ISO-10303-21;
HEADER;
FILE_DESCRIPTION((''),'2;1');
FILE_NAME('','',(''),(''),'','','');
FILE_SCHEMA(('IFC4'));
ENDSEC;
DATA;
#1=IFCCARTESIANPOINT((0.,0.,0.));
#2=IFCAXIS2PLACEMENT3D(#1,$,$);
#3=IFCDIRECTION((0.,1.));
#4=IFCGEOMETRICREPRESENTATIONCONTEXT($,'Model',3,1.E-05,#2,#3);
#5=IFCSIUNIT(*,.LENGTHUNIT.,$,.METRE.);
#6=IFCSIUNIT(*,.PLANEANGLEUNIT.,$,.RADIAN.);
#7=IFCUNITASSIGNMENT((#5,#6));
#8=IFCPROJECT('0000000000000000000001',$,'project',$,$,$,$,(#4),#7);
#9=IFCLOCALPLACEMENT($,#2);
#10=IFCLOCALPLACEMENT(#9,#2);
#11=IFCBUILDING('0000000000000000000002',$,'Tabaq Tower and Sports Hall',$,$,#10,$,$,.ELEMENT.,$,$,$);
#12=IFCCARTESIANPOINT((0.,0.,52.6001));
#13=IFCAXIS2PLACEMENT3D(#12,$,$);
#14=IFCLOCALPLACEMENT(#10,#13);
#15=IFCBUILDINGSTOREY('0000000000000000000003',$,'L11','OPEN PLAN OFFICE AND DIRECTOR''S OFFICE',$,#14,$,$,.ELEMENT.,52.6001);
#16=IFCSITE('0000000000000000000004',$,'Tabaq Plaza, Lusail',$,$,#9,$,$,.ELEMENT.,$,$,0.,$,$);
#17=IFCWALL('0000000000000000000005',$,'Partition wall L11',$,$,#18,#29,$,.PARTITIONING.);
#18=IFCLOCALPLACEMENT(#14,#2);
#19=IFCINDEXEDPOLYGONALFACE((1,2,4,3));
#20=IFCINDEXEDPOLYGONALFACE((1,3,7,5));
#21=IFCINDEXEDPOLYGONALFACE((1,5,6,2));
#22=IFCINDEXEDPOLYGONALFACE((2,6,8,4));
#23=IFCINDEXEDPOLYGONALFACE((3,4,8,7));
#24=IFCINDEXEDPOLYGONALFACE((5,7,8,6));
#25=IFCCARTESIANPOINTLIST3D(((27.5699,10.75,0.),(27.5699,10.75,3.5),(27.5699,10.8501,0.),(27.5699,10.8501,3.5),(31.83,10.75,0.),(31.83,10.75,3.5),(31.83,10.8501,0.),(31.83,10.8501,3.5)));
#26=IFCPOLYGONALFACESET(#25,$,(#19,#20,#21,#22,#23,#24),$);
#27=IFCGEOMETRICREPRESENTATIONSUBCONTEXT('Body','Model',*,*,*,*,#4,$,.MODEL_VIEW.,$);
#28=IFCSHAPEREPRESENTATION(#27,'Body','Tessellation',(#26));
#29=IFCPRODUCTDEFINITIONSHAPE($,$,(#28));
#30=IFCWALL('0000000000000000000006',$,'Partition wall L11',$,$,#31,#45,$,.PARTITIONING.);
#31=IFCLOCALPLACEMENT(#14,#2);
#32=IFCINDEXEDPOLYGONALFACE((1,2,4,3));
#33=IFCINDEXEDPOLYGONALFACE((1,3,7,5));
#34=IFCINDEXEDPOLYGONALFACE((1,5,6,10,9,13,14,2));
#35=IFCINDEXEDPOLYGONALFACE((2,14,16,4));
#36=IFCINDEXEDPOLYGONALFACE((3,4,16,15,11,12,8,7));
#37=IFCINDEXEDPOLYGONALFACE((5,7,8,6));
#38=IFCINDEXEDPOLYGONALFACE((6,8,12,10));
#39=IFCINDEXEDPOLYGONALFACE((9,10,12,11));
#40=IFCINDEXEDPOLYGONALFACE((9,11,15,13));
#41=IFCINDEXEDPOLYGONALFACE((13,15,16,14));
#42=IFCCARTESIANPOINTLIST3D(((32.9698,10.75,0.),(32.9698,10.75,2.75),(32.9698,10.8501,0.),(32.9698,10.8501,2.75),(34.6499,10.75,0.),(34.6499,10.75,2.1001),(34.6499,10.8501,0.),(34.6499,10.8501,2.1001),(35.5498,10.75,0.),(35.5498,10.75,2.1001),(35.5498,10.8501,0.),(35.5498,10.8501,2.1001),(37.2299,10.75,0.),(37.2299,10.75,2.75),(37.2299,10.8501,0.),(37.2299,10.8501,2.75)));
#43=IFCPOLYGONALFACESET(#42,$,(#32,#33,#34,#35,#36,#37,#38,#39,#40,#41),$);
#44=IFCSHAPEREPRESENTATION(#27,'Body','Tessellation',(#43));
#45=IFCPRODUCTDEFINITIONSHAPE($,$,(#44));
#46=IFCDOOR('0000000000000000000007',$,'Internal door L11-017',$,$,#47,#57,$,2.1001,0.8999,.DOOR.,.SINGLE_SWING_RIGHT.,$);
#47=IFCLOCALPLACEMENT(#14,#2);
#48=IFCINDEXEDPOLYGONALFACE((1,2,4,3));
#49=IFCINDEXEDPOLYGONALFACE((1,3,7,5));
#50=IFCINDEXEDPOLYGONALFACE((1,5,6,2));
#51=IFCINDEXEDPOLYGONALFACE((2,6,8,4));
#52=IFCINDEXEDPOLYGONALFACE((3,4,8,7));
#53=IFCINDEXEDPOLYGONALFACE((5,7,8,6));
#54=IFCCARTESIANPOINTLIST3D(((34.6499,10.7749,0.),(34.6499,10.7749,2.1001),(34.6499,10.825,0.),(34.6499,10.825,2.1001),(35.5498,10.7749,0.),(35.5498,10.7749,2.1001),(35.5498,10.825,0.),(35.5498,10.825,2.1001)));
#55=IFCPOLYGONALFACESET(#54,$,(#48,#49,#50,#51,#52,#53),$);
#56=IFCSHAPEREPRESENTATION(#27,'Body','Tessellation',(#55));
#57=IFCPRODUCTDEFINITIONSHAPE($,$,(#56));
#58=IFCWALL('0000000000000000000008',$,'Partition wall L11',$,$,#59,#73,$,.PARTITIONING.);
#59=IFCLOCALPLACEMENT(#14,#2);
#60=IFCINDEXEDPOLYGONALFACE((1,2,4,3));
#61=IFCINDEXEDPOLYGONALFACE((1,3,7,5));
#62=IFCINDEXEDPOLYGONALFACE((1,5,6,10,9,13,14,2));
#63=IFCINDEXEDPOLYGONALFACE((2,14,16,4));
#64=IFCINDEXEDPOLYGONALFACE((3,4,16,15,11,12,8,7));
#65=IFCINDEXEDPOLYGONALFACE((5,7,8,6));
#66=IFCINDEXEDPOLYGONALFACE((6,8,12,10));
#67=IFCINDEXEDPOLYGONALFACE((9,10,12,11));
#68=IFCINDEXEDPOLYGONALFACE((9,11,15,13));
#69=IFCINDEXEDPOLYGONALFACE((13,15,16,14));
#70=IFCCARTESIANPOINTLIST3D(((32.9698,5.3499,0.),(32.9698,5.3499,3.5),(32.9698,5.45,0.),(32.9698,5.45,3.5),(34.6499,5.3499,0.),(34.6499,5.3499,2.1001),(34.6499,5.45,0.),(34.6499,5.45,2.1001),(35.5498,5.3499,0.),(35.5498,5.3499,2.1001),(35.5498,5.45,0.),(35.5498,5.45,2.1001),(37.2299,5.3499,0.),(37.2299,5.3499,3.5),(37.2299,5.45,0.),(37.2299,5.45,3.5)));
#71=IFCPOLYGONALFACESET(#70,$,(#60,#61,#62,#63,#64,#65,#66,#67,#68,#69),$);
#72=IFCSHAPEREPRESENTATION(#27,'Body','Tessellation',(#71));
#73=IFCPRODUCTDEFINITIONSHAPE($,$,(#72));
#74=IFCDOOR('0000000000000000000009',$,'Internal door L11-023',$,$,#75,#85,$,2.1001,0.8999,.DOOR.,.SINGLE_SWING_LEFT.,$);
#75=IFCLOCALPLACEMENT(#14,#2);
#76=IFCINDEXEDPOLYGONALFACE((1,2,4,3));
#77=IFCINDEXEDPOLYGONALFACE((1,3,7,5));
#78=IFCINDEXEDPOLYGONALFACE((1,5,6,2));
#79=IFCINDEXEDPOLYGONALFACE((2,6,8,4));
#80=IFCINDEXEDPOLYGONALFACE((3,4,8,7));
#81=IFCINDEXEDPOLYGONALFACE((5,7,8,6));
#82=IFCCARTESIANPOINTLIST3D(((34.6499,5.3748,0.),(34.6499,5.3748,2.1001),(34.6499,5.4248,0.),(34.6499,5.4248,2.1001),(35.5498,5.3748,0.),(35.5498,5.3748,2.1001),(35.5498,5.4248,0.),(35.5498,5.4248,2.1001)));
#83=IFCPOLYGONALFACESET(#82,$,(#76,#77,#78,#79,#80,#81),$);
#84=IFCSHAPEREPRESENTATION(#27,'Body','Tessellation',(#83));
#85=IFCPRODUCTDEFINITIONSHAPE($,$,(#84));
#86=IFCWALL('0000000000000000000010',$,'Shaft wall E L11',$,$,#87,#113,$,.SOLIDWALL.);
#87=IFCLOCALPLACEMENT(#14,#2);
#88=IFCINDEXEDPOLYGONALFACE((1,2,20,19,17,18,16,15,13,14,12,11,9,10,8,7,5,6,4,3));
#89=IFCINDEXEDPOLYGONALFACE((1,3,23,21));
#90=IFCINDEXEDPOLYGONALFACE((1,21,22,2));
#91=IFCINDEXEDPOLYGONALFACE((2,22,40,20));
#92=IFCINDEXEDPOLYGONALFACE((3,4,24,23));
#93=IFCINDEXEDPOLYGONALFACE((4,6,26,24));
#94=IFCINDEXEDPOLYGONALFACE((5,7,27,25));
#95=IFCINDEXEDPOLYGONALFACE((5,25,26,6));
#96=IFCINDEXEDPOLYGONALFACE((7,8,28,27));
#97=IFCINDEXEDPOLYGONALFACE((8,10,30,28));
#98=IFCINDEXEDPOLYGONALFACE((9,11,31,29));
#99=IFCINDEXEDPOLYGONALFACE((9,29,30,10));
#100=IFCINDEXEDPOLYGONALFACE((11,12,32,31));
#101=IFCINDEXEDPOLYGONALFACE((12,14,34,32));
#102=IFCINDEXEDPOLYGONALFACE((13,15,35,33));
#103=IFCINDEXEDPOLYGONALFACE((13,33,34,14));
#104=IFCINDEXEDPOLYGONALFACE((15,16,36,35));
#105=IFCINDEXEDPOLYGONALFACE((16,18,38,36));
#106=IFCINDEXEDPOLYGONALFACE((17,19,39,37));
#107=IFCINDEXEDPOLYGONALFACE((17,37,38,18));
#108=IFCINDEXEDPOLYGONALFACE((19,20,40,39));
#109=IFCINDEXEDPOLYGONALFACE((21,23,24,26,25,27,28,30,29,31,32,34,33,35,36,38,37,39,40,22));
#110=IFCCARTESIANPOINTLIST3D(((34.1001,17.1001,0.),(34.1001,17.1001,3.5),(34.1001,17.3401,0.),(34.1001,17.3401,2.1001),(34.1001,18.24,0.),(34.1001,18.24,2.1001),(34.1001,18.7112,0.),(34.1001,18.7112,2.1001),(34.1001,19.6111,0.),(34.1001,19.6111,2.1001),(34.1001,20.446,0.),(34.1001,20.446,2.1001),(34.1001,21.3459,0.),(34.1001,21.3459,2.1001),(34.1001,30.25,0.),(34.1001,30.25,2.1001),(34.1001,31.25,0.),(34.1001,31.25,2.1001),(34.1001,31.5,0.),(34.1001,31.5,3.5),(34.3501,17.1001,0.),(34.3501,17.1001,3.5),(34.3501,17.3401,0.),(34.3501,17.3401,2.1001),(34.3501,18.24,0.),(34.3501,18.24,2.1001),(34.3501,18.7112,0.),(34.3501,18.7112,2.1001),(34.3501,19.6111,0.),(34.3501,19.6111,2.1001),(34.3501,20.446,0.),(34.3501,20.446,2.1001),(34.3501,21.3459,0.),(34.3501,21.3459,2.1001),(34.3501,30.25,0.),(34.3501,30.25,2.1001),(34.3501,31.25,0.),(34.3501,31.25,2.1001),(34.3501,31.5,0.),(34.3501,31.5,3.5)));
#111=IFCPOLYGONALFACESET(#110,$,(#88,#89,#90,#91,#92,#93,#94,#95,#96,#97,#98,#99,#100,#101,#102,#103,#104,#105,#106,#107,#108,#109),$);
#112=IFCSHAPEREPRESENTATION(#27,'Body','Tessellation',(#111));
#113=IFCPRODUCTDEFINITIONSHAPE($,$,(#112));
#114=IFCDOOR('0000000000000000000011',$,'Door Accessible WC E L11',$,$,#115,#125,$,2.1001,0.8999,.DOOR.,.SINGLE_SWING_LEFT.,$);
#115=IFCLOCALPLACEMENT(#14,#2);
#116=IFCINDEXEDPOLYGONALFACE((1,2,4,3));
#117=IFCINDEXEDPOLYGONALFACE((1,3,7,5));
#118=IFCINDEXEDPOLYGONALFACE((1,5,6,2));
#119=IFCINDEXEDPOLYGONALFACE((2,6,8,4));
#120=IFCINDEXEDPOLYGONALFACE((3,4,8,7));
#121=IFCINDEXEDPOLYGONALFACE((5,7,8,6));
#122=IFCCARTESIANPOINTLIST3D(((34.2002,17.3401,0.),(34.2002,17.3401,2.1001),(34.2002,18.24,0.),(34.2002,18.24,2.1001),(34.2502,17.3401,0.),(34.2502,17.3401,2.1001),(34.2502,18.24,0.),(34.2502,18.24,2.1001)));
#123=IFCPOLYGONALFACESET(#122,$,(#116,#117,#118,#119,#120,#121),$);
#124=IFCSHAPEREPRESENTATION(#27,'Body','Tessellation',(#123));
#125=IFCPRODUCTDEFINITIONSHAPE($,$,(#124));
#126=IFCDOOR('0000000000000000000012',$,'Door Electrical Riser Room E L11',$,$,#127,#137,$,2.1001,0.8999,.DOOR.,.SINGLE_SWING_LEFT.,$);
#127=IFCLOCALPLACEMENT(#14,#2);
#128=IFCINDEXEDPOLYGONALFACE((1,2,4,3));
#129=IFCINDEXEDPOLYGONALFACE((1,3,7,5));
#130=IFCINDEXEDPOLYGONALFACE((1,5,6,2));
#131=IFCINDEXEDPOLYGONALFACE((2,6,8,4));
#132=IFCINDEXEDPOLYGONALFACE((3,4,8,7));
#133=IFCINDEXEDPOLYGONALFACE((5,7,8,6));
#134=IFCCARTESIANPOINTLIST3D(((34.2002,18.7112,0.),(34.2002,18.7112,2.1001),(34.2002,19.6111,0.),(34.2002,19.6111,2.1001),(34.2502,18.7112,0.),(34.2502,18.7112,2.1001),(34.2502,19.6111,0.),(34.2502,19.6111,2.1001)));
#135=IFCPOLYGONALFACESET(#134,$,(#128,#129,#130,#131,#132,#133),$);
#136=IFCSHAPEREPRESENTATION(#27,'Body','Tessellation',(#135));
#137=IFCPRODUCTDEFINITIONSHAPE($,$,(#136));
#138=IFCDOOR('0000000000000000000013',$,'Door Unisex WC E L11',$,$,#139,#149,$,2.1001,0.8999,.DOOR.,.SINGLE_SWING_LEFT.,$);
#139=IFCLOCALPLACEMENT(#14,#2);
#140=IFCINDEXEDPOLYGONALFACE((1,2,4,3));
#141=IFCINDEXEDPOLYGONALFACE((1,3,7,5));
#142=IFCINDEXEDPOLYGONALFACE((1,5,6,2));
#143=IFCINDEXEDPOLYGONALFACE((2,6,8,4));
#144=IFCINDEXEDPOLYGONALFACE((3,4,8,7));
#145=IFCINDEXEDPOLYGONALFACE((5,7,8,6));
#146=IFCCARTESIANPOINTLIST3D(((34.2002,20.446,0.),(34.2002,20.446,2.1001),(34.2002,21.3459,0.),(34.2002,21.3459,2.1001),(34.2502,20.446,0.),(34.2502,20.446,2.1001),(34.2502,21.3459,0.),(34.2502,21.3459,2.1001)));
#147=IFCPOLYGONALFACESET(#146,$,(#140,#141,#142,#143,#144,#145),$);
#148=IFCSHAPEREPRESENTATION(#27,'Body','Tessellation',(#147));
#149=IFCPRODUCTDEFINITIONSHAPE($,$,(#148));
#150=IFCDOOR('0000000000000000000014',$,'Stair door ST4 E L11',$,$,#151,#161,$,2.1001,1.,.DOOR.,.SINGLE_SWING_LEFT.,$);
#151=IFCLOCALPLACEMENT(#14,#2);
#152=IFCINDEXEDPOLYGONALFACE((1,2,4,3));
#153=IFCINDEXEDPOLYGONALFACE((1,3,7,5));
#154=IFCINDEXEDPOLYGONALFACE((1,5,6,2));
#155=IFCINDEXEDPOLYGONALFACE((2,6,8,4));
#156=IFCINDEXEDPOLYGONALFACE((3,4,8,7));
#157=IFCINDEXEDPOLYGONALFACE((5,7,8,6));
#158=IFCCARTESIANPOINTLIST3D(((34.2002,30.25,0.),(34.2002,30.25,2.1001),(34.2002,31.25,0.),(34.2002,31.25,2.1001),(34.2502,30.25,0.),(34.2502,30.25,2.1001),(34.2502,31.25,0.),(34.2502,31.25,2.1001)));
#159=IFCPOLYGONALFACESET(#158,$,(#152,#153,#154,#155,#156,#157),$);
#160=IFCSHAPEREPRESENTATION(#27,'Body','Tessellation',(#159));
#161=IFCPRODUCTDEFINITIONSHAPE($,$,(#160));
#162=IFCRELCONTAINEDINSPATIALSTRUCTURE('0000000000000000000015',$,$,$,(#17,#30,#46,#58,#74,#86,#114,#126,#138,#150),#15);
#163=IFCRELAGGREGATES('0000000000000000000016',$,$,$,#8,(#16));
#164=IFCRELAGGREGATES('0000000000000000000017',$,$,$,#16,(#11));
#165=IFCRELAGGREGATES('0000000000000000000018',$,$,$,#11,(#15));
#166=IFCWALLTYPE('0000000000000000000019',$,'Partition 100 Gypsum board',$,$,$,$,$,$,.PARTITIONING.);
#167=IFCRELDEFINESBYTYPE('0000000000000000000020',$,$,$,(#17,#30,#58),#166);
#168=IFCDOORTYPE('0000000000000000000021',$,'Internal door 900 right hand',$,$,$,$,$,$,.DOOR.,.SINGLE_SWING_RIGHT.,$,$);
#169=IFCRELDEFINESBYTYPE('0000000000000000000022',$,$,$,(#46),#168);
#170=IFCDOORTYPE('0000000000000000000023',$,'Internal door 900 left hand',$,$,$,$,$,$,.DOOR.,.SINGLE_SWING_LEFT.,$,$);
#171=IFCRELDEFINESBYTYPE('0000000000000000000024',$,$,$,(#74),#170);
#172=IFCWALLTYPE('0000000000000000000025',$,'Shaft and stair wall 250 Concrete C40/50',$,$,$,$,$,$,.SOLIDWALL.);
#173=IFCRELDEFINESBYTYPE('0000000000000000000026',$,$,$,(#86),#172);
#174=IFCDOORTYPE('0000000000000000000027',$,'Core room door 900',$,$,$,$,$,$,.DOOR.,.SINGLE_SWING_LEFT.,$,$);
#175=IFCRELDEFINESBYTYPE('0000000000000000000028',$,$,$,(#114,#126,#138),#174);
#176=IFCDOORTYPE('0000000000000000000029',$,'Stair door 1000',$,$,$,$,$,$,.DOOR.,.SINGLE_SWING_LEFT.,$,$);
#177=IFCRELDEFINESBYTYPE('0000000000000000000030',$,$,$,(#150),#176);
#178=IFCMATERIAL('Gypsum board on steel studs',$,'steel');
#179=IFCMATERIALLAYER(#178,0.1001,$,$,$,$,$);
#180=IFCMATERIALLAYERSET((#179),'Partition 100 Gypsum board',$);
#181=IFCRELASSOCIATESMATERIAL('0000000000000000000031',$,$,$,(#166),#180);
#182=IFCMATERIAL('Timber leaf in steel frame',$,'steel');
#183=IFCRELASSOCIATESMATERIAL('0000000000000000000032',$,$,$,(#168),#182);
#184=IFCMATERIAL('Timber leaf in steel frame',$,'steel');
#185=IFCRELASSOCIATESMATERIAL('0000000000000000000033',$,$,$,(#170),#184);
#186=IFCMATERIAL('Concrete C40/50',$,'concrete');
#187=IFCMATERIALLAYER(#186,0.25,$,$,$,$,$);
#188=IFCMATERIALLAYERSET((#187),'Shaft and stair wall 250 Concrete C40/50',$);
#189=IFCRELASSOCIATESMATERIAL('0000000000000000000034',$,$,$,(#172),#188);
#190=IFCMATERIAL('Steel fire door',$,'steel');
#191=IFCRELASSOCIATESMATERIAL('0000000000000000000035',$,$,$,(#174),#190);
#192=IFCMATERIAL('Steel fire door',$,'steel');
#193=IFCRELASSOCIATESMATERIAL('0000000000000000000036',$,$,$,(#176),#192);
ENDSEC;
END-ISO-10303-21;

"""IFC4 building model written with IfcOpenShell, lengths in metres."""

from ifc_helpers import new_model, si_unit, direction, frame, frame_2d, origin, place, context, subcontext, project, spatial, rectangle, extrude, material, layer, layer_set, type_object, element, fill, save


model = new_model("IFC4")

# Units and contexts
model_context = context("Model", 3, precision=1e-05, world=origin(), true_north=direction((0.0, 1.0)))
body_context = subcontext(model_context, "Body", "Model", "MODEL_VIEW")
ifc_project = project(units=[si_unit("LENGTHUNIT", "METRE"), si_unit("PLANEANGLEUNIT", "RADIAN")], contexts=[model_context])

# Site, building, storey
site_placement = place(None, origin())
site = spatial("IfcSite", under=ifc_project, at=site_placement, Name="Tabaq Plaza, Lusail", CompositionType="ELEMENT", RefElevation=0.0)
building_placement = place(site_placement, origin())
building = spatial("IfcBuilding", under=site, at=building_placement, Name="Tabaq Tower and Sports Hall", CompositionType="ELEMENT")
storey_placement = place(building_placement, frame((0.0, 0.0, 52.6001)))
storey = spatial("IfcBuildingStorey", under=building, at=storey_placement, Name="L11", Description="OPEN PLAN OFFICE AND DIRECTOR'S OFFICE", CompositionType="ELEMENT", Elevation=52.6001)

# Wall
ifc_material_1 = material(Name="Gypsum board on steel studs", Category="steel")
ifc_layer_1 = layer(ifc_material_1, 0.1001)
ifc_layer_set_1 = layer_set([ifc_layer_1], Name="Partition 100 Gypsum board")
wall_type_1 = type_object("IfcWallType", Name="Partition 100 Gypsum board", PredefinedType="PARTITIONING", material=ifc_layer_set_1)
wall_1_placement = place(storey_placement, frame((27.5701, 10.8, 0.0), z_axis=(0.0, 0.0, 1.0), x_axis=(1.0, 0.0, 0.0)))
element("IfcWall", 1, at=wall_1_placement, inside=storey, type_object=wall_type_1, Name="Partition wall L11", PredefinedType="PARTITIONING", context=body_context, shape_type="SweptSolid", body=[
    extrude(rectangle(XDim=4.26, YDim=0.1001, at=frame_2d((2.1299, 0.0))), origin(), (0.0, 0.0, 1.0), 3.5),
])

# Walls, openings, doors
wall_2_placement = place(storey_placement, frame((32.97, 10.8, 0.0), z_axis=(0.0, 0.0, 1.0), x_axis=(1.0, 0.0, 0.0)))
wall_2 = element("IfcWall", 2, at=wall_2_placement, inside=storey, type_object=wall_type_1, Name="Partition wall L11", PredefinedType="PARTITIONING", context=body_context, shape_type="SweptSolid", body=[
    extrude(rectangle(XDim=4.26, YDim=0.1001, at=frame_2d((2.1299, 0.0))), origin(), (0.0, 0.0, 1.0), 2.75),
])
opening_1_placement = place(wall_2_placement, frame((1.6799, 0.0, 0.0)))
opening_1 = element("IfcOpeningElement", 3, at=opening_1_placement, cuts=wall_2, PredefinedType="OPENING", context=body_context, shape_type="SweptSolid", body=[
    extrude(rectangle(XDim=0.8999, YDim=2.1001, at=frame_2d((0.45, 1.05))), frame((0.0, 0.05, 0.0), z_axis=(0.0, -1.0, 0.0), x_axis=(1.0, 0.0, 0.0)), (0.0, 0.0, 1.0), 0.1001),
])
ifc_material_2 = material(Name="Timber leaf in steel frame", Category="steel")
door_type_1 = type_object("IfcDoorType", Name="Internal door 900 right hand", OperationType="SINGLE_SWING_RIGHT", PredefinedType="DOOR", material=ifc_material_2)
door_1_placement = place(opening_1_placement, origin())
door_1 = element("IfcDoor", 4, at=door_1_placement, inside=storey, type_object=door_type_1, Name="Internal door L11-017", OperationType="SINGLE_SWING_RIGHT", OverallHeight=2.1001, OverallWidth=0.8999, PredefinedType="DOOR", context=body_context, shape_type="SweptSolid", body=[
    extrude(rectangle(XDim=0.8999, YDim=2.1001, at=frame_2d((0.45, 1.05))), frame((0.0, 0.0249, 0.0), z_axis=(0.0, -1.0, 0.0), x_axis=(1.0, 0.0, 0.0)), (0.0, 0.0, 1.0), 0.05),
])
fill(opening_1, door_1)
wall_3_placement = place(storey_placement, frame((32.97, 5.3999, 0.0), z_axis=(0.0, 0.0, 1.0), x_axis=(1.0, 0.0, 0.0)))
wall_3 = element("IfcWall", 5, at=wall_3_placement, inside=storey, type_object=wall_type_1, Name="Partition wall L11", PredefinedType="PARTITIONING", context=body_context, shape_type="SweptSolid", body=[
    extrude(rectangle(XDim=4.26, YDim=0.1001, at=frame_2d((2.1299, 0.0))), origin(), (0.0, 0.0, 1.0), 3.5),
])
opening_2_placement = place(wall_3_placement, frame((1.6799, 0.0, 0.0)))
opening_2 = element("IfcOpeningElement", 6, at=opening_2_placement, cuts=wall_3, PredefinedType="OPENING", context=body_context, shape_type="SweptSolid", body=[
    extrude(rectangle(XDim=0.8999, YDim=2.1001, at=frame_2d((0.45, 1.05))), frame((0.0, 0.05, 0.0), z_axis=(0.0, -1.0, 0.0), x_axis=(1.0, 0.0, 0.0)), (0.0, 0.0, 1.0), 0.1001),
])
ifc_material_3 = material(Name="Timber leaf in steel frame", Category="steel")
door_type_2 = type_object("IfcDoorType", Name="Internal door 900 left hand", OperationType="SINGLE_SWING_LEFT", PredefinedType="DOOR", material=ifc_material_3)
door_2_placement = place(opening_2_placement, origin())
door_2 = element("IfcDoor", 7, at=door_2_placement, inside=storey, type_object=door_type_2, Name="Internal door L11-023", OperationType="SINGLE_SWING_LEFT", OverallHeight=2.1001, OverallWidth=0.8999, PredefinedType="DOOR", context=body_context, shape_type="SweptSolid", body=[
    extrude(rectangle(XDim=0.8999, YDim=2.1001, at=frame_2d((0.45, 1.05))), frame((0.0, 0.0249, 0.0), z_axis=(0.0, -1.0, 0.0), x_axis=(1.0, 0.0, 0.0)), (0.0, 0.0, 1.0), 0.05),
])
fill(opening_2, door_2)

# Wall, openings, doors
ifc_material_4 = material(Name="Concrete C40/50", Category="concrete")
ifc_layer_2 = layer(ifc_material_4, 0.25)
ifc_layer_set_2 = layer_set([ifc_layer_2], Name="Shaft and stair wall 250 Concrete C40/50")
wall_type_2 = type_object("IfcWallType", Name="Shaft and stair wall 250 Concrete C40/50", PredefinedType="SOLIDWALL", material=ifc_layer_set_2)
wall_4_placement = place(storey_placement, frame((34.2251, 17.1001, 0.0), z_axis=(0.0, 0.0, 1.0), x_axis=(0.0, 1.0, 0.0)))
wall_4 = element("IfcWall", 8, at=wall_4_placement, inside=storey, type_object=wall_type_2, Name="Shaft wall E L11", PredefinedType="SOLIDWALL", context=body_context, shape_type="SweptSolid", body=[
    extrude(rectangle(XDim=14.3999, YDim=0.25, at=frame_2d((7.2, 0.0))), origin(), (0.0, 0.0, 1.0), 3.5),
])
opening_3_placement = place(wall_4_placement, frame((13.1499, 0.0, 0.0)))
opening_3 = element("IfcOpeningElement", 9, at=opening_3_placement, cuts=wall_4, PredefinedType="OPENING", context=body_context, shape_type="SweptSolid", body=[
    extrude(rectangle(XDim=1.0, YDim=2.1001, at=frame_2d((0.5, 1.05))), frame((0.0, 0.125, 0.0), z_axis=(0.0, -1.0, 0.0), x_axis=(1.0, 0.0, 0.0)), (0.0, 0.0, 1.0), 0.25),
])
opening_4_placement = place(wall_4_placement, frame((0.24, 0.0, 0.0)))
opening_4 = element("IfcOpeningElement", 10, at=opening_4_placement, cuts=wall_4, PredefinedType="OPENING", context=body_context, shape_type="SweptSolid", body=[
    extrude(rectangle(XDim=0.8999, YDim=2.1001, at=frame_2d((0.45, 1.05))), frame((0.0, 0.125, 0.0), z_axis=(0.0, -1.0, 0.0), x_axis=(1.0, 0.0, 0.0)), (0.0, 0.0, 1.0), 0.25),
])
opening_5_placement = place(wall_4_placement, frame((1.6111, 0.0, 0.0)))
opening_5 = element("IfcOpeningElement", 11, at=opening_5_placement, cuts=wall_4, PredefinedType="OPENING", context=body_context, shape_type="SweptSolid", body=[
    extrude(rectangle(XDim=0.8999, YDim=2.1001, at=frame_2d((0.45, 1.05))), frame((0.0, 0.125, 0.0), z_axis=(0.0, -1.0, 0.0), x_axis=(1.0, 0.0, 0.0)), (0.0, 0.0, 1.0), 0.25),
])
opening_6_placement = place(wall_4_placement, frame((3.3459, 0.0, 0.0)))
opening_6 = element("IfcOpeningElement", 12, at=opening_6_placement, cuts=wall_4, PredefinedType="OPENING", context=body_context, shape_type="SweptSolid", body=[
    extrude(rectangle(XDim=0.8999, YDim=2.1001, at=frame_2d((0.45, 1.05))), frame((0.0, 0.125, 0.0), z_axis=(0.0, -1.0, 0.0), x_axis=(1.0, 0.0, 0.0)), (0.0, 0.0, 1.0), 0.25),
])
ifc_material_5 = material(Name="Steel fire door", Category="steel")
door_type_3 = type_object("IfcDoorType", Name="Core room door 900", OperationType="SINGLE_SWING_LEFT", PredefinedType="DOOR", material=ifc_material_5)
door_3_placement = place(opening_4_placement, origin())
door_3 = element("IfcDoor", 13, at=door_3_placement, inside=storey, type_object=door_type_3, Name="Door Accessible WC E L11", OperationType="SINGLE_SWING_LEFT", OverallHeight=2.1001, OverallWidth=0.8999, PredefinedType="DOOR", context=body_context, shape_type="SweptSolid", body=[
    extrude(rectangle(XDim=0.8999, YDim=2.1001, at=frame_2d((0.45, 1.05))), frame((0.0, 0.0249, 0.0), z_axis=(0.0, -1.0, 0.0), x_axis=(1.0, 0.0, 0.0)), (0.0, 0.0, 1.0), 0.05),
])
fill(opening_4, door_3)
door_4_placement = place(opening_5_placement, origin())
door_4 = element("IfcDoor", 14, at=door_4_placement, inside=storey, type_object=door_type_3, Name="Door Electrical Riser Room E L11", OperationType="SINGLE_SWING_LEFT", OverallHeight=2.1001, OverallWidth=0.8999, PredefinedType="DOOR", context=body_context, shape_type="SweptSolid", body=[
    extrude(rectangle(XDim=0.8999, YDim=2.1001, at=frame_2d((0.45, 1.05))), frame((0.0, 0.0249, 0.0), z_axis=(0.0, -1.0, 0.0), x_axis=(1.0, 0.0, 0.0)), (0.0, 0.0, 1.0), 0.05),
])
fill(opening_5, door_4)
door_5_placement = place(opening_6_placement, origin())
door_5 = element("IfcDoor", 15, at=door_5_placement, inside=storey, type_object=door_type_3, Name="Door Unisex WC E L11", OperationType="SINGLE_SWING_LEFT", OverallHeight=2.1001, OverallWidth=0.8999, PredefinedType="DOOR", context=body_context, shape_type="SweptSolid", body=[
    extrude(rectangle(XDim=0.8999, YDim=2.1001, at=frame_2d((0.45, 1.05))), frame((0.0, 0.0249, 0.0), z_axis=(0.0, -1.0, 0.0), x_axis=(1.0, 0.0, 0.0)), (0.0, 0.0, 1.0), 0.05),
])
fill(opening_6, door_5)
ifc_material_6 = material(Name="Steel fire door", Category="steel")
door_type_4 = type_object("IfcDoorType", Name="Stair door 1000", OperationType="SINGLE_SWING_LEFT", PredefinedType="DOOR", material=ifc_material_6)
door_6_placement = place(opening_3_placement, origin())
door_6 = element("IfcDoor", 16, at=door_6_placement, inside=storey, type_object=door_type_4, Name="Stair door ST4 E L11", OperationType="SINGLE_SWING_LEFT", OverallHeight=2.1001, OverallWidth=1.0, PredefinedType="DOOR", context=body_context, shape_type="SweptSolid", body=[
    extrude(rectangle(XDim=1.0, YDim=2.1001, at=frame_2d((0.5, 1.05))), frame((0.0, 0.0249, 0.0), z_axis=(0.0, -1.0, 0.0), x_axis=(1.0, 0.0, 0.0)), (0.0, 0.0, 1.0), 0.05),
])
fill(opening_3, door_6)

save(model, "model.ifc")
